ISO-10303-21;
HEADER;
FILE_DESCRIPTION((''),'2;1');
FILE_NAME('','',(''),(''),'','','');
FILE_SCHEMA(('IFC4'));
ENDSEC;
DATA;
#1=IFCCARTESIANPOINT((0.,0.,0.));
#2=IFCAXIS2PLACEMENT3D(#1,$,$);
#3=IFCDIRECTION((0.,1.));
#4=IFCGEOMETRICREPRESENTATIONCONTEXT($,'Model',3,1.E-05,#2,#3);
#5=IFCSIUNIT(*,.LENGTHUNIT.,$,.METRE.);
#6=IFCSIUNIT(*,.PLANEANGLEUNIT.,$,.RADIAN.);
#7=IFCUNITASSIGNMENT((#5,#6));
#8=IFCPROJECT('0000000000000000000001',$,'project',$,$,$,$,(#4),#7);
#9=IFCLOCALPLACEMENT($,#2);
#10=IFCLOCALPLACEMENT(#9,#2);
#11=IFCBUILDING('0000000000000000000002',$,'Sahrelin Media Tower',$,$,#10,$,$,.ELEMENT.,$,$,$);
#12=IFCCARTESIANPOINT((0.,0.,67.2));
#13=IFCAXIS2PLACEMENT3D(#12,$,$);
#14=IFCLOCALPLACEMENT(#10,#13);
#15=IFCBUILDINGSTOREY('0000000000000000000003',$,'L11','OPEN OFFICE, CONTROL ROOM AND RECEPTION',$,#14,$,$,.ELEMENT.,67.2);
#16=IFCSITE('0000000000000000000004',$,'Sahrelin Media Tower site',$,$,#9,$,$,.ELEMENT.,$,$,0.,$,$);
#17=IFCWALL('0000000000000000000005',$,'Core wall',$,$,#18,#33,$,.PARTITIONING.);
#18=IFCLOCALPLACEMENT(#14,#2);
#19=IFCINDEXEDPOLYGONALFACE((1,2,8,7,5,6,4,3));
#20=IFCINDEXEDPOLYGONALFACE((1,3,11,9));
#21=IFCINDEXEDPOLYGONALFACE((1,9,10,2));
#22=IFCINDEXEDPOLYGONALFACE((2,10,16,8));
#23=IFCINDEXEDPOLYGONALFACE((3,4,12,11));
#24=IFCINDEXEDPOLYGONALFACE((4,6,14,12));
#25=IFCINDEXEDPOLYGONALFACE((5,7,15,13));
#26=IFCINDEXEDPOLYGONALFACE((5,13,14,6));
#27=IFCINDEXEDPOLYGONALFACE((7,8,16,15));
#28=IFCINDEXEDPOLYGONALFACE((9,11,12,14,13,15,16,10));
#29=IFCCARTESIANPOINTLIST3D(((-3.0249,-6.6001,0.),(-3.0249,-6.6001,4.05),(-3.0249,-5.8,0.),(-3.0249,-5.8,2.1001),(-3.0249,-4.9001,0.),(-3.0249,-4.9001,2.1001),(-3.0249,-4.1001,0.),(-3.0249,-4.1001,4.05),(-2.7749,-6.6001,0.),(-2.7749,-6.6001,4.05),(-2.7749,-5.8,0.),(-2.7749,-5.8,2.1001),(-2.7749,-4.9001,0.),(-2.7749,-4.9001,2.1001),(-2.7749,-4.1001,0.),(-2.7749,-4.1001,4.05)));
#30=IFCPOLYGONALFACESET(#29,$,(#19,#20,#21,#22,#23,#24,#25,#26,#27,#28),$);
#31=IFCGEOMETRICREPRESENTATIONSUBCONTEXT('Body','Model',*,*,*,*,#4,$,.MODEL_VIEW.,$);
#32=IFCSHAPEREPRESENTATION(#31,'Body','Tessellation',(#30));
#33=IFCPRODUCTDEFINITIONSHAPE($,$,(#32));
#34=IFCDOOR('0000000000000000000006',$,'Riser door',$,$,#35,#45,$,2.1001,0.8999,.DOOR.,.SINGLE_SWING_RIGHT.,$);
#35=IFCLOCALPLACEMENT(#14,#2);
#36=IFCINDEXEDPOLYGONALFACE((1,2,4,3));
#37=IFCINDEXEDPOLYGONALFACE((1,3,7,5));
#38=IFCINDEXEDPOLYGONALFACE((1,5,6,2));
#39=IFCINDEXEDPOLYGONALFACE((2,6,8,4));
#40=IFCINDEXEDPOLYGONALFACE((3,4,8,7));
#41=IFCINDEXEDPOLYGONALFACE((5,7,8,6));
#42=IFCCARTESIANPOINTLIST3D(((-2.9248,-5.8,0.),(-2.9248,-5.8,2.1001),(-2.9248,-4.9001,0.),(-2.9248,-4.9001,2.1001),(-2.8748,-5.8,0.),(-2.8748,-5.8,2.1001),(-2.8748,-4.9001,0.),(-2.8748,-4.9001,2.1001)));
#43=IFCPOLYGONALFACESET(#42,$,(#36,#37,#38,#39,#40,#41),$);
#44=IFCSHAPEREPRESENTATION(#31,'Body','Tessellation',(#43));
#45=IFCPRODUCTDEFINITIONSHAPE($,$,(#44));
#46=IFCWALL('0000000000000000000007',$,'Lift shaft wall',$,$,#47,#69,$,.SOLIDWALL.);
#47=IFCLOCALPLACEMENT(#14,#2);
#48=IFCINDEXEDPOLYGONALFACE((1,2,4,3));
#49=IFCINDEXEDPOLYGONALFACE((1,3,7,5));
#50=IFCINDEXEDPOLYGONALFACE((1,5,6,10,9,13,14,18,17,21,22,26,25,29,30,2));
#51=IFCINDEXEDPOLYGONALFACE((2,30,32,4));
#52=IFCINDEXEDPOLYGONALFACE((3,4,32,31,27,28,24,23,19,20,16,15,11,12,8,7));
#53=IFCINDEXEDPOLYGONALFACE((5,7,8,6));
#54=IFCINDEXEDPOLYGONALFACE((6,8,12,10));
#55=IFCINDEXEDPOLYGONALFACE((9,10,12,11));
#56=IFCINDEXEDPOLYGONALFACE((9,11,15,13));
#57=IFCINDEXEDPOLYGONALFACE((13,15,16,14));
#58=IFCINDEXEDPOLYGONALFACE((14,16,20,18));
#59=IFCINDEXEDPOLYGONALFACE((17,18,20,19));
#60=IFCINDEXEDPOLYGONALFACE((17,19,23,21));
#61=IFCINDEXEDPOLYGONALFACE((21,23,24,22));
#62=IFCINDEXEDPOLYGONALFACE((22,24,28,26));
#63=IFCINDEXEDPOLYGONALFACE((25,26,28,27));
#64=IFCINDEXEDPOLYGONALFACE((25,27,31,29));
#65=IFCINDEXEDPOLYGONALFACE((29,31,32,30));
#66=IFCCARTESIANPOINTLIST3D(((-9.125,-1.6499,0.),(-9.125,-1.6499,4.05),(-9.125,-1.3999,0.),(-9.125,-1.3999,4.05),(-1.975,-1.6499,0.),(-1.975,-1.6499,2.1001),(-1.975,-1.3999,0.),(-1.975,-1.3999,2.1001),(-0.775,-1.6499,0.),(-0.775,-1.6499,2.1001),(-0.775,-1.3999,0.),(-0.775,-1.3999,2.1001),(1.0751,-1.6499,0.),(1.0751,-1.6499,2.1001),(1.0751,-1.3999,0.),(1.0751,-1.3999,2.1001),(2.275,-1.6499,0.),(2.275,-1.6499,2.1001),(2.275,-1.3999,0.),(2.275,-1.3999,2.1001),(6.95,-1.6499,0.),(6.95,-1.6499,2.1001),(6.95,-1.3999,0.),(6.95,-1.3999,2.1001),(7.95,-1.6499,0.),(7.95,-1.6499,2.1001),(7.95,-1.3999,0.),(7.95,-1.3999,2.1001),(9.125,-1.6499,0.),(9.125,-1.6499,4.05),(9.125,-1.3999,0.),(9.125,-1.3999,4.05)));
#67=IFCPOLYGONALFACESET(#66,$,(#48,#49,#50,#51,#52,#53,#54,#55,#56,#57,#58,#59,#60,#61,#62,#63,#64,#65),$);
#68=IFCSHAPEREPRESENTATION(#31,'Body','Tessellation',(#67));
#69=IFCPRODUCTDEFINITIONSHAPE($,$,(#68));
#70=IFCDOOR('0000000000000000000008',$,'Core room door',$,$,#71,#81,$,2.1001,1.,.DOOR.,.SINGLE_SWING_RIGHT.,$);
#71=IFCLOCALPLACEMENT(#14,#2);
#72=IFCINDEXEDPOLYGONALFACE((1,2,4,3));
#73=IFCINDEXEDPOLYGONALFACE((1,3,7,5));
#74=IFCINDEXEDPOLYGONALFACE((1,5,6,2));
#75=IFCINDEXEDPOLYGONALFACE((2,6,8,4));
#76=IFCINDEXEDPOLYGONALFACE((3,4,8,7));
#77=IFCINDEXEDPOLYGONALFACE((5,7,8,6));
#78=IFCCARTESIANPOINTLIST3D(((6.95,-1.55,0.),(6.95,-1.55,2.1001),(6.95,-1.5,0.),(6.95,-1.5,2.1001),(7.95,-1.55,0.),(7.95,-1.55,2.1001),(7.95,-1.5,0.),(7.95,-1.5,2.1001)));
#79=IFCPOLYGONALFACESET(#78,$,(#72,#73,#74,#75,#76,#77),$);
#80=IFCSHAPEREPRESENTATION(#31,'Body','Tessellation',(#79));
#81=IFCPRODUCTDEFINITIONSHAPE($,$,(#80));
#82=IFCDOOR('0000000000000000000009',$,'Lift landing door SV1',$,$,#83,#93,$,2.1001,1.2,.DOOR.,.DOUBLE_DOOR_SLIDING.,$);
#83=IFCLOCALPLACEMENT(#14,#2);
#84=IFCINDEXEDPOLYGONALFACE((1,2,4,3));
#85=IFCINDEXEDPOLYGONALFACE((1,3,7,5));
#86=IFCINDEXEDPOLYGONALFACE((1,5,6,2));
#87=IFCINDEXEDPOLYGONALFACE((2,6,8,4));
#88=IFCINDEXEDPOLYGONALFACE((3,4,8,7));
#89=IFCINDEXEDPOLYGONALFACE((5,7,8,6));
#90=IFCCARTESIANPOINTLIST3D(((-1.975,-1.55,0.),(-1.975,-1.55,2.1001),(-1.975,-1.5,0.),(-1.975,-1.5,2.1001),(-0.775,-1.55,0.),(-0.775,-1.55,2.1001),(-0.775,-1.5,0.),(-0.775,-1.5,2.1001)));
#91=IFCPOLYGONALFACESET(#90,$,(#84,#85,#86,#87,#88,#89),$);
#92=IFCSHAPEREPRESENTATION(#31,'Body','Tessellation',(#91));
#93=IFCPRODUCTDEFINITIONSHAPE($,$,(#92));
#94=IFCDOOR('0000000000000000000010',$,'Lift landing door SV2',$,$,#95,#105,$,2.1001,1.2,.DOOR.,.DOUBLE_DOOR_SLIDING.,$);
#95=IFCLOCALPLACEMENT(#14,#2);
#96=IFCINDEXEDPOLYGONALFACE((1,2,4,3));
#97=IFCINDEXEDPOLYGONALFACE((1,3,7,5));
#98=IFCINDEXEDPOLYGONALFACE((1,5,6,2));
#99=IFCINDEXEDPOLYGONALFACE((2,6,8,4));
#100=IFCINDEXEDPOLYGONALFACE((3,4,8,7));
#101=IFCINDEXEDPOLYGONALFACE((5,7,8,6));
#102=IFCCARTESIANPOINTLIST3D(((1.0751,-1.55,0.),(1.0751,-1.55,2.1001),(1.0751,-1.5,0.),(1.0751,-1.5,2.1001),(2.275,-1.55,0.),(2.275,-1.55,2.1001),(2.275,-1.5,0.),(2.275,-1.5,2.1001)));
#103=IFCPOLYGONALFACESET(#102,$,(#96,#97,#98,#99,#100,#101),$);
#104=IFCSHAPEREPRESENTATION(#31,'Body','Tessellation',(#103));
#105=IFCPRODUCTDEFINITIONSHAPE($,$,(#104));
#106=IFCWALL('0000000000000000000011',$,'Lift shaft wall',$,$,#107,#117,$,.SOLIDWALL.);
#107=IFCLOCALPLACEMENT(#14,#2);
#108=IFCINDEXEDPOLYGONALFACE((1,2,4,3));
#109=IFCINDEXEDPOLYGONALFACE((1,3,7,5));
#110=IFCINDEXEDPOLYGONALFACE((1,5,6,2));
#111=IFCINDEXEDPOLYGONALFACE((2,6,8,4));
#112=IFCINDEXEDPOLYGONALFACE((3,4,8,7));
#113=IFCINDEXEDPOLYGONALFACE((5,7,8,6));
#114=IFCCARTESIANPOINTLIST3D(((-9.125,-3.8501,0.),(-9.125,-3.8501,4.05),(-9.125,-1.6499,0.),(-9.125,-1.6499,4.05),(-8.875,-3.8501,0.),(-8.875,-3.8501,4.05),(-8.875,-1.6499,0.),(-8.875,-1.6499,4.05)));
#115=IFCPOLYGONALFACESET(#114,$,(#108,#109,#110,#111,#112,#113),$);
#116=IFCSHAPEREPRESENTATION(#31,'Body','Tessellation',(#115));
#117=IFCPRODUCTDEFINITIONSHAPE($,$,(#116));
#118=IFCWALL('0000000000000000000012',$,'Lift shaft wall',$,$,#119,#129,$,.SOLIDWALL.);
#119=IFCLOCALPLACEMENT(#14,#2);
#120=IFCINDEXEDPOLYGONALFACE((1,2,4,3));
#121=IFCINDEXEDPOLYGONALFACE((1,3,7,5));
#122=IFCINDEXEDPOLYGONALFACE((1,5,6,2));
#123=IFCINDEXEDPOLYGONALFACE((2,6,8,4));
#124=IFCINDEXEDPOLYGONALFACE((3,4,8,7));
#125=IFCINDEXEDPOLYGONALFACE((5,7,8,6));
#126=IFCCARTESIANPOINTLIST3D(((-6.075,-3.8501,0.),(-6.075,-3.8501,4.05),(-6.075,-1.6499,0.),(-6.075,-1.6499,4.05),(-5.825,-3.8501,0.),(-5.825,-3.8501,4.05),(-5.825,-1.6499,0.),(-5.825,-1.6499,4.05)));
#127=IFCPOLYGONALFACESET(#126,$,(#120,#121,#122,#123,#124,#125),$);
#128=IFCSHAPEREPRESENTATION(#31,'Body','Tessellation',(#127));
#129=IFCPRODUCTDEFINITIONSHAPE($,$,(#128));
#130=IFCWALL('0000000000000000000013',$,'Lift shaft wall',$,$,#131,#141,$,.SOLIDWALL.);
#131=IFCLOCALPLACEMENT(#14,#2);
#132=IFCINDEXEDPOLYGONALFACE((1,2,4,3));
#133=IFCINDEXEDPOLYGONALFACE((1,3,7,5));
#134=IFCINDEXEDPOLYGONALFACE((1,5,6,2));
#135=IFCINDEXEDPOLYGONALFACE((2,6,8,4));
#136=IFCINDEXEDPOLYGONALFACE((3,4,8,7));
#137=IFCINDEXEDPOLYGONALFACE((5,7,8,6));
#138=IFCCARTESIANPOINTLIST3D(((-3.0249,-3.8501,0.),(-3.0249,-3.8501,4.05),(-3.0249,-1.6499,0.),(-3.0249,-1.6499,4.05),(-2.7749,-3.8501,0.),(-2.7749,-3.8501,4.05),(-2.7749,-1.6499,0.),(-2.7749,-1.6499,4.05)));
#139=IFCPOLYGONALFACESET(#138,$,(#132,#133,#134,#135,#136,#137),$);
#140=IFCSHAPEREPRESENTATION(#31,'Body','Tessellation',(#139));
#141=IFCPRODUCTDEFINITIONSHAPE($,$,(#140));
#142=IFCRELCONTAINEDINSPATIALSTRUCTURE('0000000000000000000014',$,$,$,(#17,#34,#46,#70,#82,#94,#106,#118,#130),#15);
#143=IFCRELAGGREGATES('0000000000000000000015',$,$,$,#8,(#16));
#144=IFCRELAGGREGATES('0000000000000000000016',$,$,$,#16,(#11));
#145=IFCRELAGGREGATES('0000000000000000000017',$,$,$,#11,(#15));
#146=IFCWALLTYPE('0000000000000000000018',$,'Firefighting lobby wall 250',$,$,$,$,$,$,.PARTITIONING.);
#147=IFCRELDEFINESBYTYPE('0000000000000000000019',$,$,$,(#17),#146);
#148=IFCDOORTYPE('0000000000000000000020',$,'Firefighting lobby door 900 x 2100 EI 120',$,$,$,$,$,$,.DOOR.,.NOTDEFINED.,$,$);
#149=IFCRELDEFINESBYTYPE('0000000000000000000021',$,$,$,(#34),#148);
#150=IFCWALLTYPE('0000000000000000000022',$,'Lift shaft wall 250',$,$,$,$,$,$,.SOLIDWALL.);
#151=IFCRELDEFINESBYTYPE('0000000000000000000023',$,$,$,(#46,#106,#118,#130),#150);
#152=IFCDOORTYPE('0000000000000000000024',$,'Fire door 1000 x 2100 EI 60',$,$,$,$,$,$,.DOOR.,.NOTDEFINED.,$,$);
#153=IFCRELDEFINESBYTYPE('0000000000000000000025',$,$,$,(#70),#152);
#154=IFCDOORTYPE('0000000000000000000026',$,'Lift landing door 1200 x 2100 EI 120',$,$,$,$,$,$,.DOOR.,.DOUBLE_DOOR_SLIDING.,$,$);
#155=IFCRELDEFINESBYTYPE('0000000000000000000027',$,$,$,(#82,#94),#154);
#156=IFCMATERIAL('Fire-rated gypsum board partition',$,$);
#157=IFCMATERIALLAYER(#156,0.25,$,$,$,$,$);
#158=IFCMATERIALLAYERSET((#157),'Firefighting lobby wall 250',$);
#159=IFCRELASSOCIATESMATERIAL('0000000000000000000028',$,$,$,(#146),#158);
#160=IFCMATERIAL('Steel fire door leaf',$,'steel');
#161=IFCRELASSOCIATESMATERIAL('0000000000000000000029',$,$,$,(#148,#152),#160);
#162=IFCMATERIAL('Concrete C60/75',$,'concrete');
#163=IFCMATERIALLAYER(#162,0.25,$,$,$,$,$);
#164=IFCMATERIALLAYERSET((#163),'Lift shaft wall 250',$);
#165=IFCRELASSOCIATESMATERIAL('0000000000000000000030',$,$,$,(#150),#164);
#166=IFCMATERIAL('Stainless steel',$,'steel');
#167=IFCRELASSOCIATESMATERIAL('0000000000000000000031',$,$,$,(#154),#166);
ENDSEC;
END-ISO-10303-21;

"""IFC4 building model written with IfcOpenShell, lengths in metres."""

from ifc_helpers import new_model, si_unit, direction, frame, frame_2d, origin, place, context, subcontext, project, spatial, rectangle, extrude, material, layer, layer_set, type_object, element, fill, save


model = new_model("IFC4")

# Units and contexts
model_context = context("Model", 3, precision=1e-05, world=origin(), true_north=direction((0.0, 1.0)))
body_context = subcontext(model_context, "Body", "Model", "MODEL_VIEW")
ifc_project = project(units=[si_unit("LENGTHUNIT", "METRE"), si_unit("PLANEANGLEUNIT", "RADIAN")], contexts=[model_context])

# Site, building, storey
site_placement = place(None, origin())
site = spatial("IfcSite", under=ifc_project, at=site_placement, Name="Sahrelin Media Tower site", CompositionType="ELEMENT", RefElevation=0.0)
building_placement = place(site_placement, origin())
building = spatial("IfcBuilding", under=site, at=building_placement, Name="Sahrelin Media Tower", CompositionType="ELEMENT")
storey_placement = place(building_placement, frame((0.0, 0.0, 67.2)))
storey = spatial("IfcBuildingStorey", under=building, at=storey_placement, Name="L11", Description="OPEN OFFICE, CONTROL ROOM AND RECEPTION", CompositionType="ELEMENT", Elevation=67.2)

# Wall, opening, door
ifc_material_1 = material(Name="Fire-rated gypsum board partition")
ifc_layer_1 = layer(ifc_material_1, 0.25)
ifc_layer_set_1 = layer_set([ifc_layer_1], Name="Firefighting lobby wall 250")
wall_type_1 = type_object("IfcWallType", Name="Firefighting lobby wall 250", PredefinedType="PARTITIONING", material=ifc_layer_set_1)
ifc_material_2 = material(Name="Steel fire door leaf", Category="steel")
wall_1_placement = place(storey_placement, frame((-2.8999, -6.6001, 0.0), z_axis=(0.0, 0.0, 1.0), x_axis=(0.0, 1.0, 0.0)))
wall_1 = element("IfcWall", 1, at=wall_1_placement, inside=storey, type_object=wall_type_1, Name="Core wall", PredefinedType="PARTITIONING", context=body_context, shape_type="SweptSolid", body=[
    extrude(rectangle(XDim=2.5, YDim=0.25, at=frame_2d((1.25, 0.0))), origin(), (0.0, 0.0, 1.0), 4.05),
])
opening_1_placement = place(wall_1_placement, frame((0.8, 0.0, 0.0)))
opening_1 = element("IfcOpeningElement", 2, at=opening_1_placement, cuts=wall_1, PredefinedType="OPENING", context=body_context, shape_type="SweptSolid", body=[
    extrude(rectangle(XDim=0.8999, YDim=2.1001, at=frame_2d((0.45, 1.05))), frame((0.0, 0.125, 0.0), z_axis=(0.0, -1.0, 0.0), x_axis=(1.0, 0.0, 0.0)), (0.0, 0.0, 1.0), 0.25),
])
door_type_1 = type_object("IfcDoorType", Name="Firefighting lobby door 900 x 2100 EI 120", OperationType="NOTDEFINED", PredefinedType="DOOR", material=ifc_material_2)
door_1_placement = place(opening_1_placement, origin())
door_1 = element("IfcDoor", 3, at=door_1_placement, inside=storey, type_object=door_type_1, Name="Riser door", OperationType="SINGLE_SWING_RIGHT", OverallHeight=2.1001, OverallWidth=0.8999, PredefinedType="DOOR", context=body_context, shape_type="SweptSolid", body=[
    extrude(rectangle(XDim=0.8999, YDim=2.1001, at=frame_2d((0.45, 1.05))), frame((0.0, 0.0249, 0.0), z_axis=(0.0, -1.0, 0.0), x_axis=(1.0, 0.0, 0.0)), (0.0, 0.0, 1.0), 0.05),
])
fill(opening_1, door_1)

# Wall, openings, doors
ifc_material_3 = material(Name="Concrete C60/75", Category="concrete")
ifc_layer_2 = layer(ifc_material_3, 0.25)
ifc_layer_set_2 = layer_set([ifc_layer_2], Name="Lift shaft wall 250")
wall_type_2 = type_object("IfcWallType", Name="Lift shaft wall 250", PredefinedType="SOLIDWALL", material=ifc_layer_set_2)
wall_2_placement = place(storey_placement, frame((-9.125, -1.5249, 0.0), z_axis=(0.0, 0.0, 1.0), x_axis=(1.0, 0.0, 0.0)))
wall_2 = element("IfcWall", 4, at=wall_2_placement, inside=storey, type_object=wall_type_2, Name="Lift shaft wall", PredefinedType="SOLIDWALL", context=body_context, shape_type="SweptSolid", body=[
    extrude(rectangle(XDim=18.25, YDim=0.25, at=frame_2d((9.125, 0.0))), origin(), (0.0, 0.0, 1.0), 4.05),
])
opening_2_placement = place(wall_2_placement, frame((7.1499, 0.0, 0.0)))
opening_2 = element("IfcOpeningElement", 5, at=opening_2_placement, cuts=wall_2, PredefinedType="OPENING", context=body_context, shape_type="SweptSolid", body=[
    extrude(rectangle(XDim=1.2, YDim=2.1001, at=frame_2d((0.6001, 1.05))), frame((0.0, 0.125, 0.0), z_axis=(0.0, -1.0, 0.0), x_axis=(1.0, 0.0, 0.0)), (0.0, 0.0, 1.0), 0.25),
])
opening_3_placement = place(wall_2_placement, frame((10.2, 0.0, 0.0)))
opening_3 = element("IfcOpeningElement", 6, at=opening_3_placement, cuts=wall_2, PredefinedType="OPENING", context=body_context, shape_type="SweptSolid", body=[
    extrude(rectangle(XDim=1.2, YDim=2.1001, at=frame_2d((0.6001, 1.05))), frame((0.0, 0.125, 0.0), z_axis=(0.0, -1.0, 0.0), x_axis=(1.0, 0.0, 0.0)), (0.0, 0.0, 1.0), 0.25),
])
opening_4_placement = place(wall_2_placement, frame((16.075, 0.0, 0.0)))
opening_4 = element("IfcOpeningElement", 7, at=opening_4_placement, cuts=wall_2, PredefinedType="OPENING", context=body_context, shape_type="SweptSolid", body=[
    extrude(rectangle(XDim=1.0, YDim=2.1001, at=frame_2d((0.5, 1.05))), frame((0.0, 0.125, 0.0), z_axis=(0.0, -1.0, 0.0), x_axis=(1.0, 0.0, 0.0)), (0.0, 0.0, 1.0), 0.25),
])
door_type_2 = type_object("IfcDoorType", Name="Fire door 1000 x 2100 EI 60", OperationType="NOTDEFINED", PredefinedType="DOOR", material=ifc_material_2)
door_2_placement = place(opening_4_placement, origin())
door_2 = element("IfcDoor", 8, at=door_2_placement, inside=storey, type_object=door_type_2, Name="Core room door", OperationType="SINGLE_SWING_RIGHT", OverallHeight=2.1001, OverallWidth=1.0, PredefinedType="DOOR", context=body_context, shape_type="SweptSolid", body=[
    extrude(rectangle(XDim=1.0, YDim=2.1001, at=frame_2d((0.5, 1.05))), frame((0.0, 0.0249, 0.0), z_axis=(0.0, -1.0, 0.0), x_axis=(1.0, 0.0, 0.0)), (0.0, 0.0, 1.0), 0.05),
])
fill(opening_4, door_2)
ifc_material_4 = material(Name="Stainless steel", Category="steel")
door_type_3 = type_object("IfcDoorType", Name="Lift landing door 1200 x 2100 EI 120", OperationType="DOUBLE_DOOR_SLIDING", PredefinedType="DOOR", material=ifc_material_4)
door_3_placement = place(opening_2_placement, origin())
door_3 = element("IfcDoor", 9, at=door_3_placement, inside=storey, type_object=door_type_3, Name="Lift landing door SV1", OperationType="DOUBLE_DOOR_SLIDING", OverallHeight=2.1001, OverallWidth=1.2, PredefinedType="DOOR", context=body_context, shape_type="SweptSolid", body=[
    extrude(rectangle(XDim=1.2, YDim=2.1001, at=frame_2d((0.6001, 1.05))), frame((0.0, 0.0249, 0.0), z_axis=(0.0, -1.0, 0.0), x_axis=(1.0, 0.0, 0.0)), (0.0, 0.0, 1.0), 0.05),
])
fill(opening_2, door_3)
door_4_placement = place(opening_3_placement, origin())
door_4 = element("IfcDoor", 10, at=door_4_placement, inside=storey, type_object=door_type_3, Name="Lift landing door SV2", OperationType="DOUBLE_DOOR_SLIDING", OverallHeight=2.1001, OverallWidth=1.2, PredefinedType="DOOR", context=body_context, shape_type="SweptSolid", body=[
    extrude(rectangle(XDim=1.2, YDim=2.1001, at=frame_2d((0.6001, 1.05))), frame((0.0, 0.0249, 0.0), z_axis=(0.0, -1.0, 0.0), x_axis=(1.0, 0.0, 0.0)), (0.0, 0.0, 1.0), 0.05),
])
fill(opening_3, door_4)

# Walls
for number, where, z_axis, x_axis, name in (
    (11, (-9.0, -3.8501, 0.0), (0.0, 0.0, 1.0), (0.0, 1.0, 0.0), "Lift shaft wall"),
    (12, (-5.95, -3.8501, 0.0), (0.0, 0.0, 1.0), (0.0, 1.0, 0.0), "Lift shaft wall"),
    (13, (-2.8999, -3.8501, 0.0), (0.0, 0.0, 1.0), (0.0, 1.0, 0.0), "Lift shaft wall"),
):
    element("IfcWall", number, at=place(storey_placement, frame(where, z_axis=z_axis, x_axis=x_axis)), inside=storey, type_object=wall_type_2, Name=name, PredefinedType="SOLIDWALL", context=body_context, shape_type="SweptSolid", body=[
        extrude(rectangle(XDim=2.2002, YDim=0.25, at=frame_2d((1.1001, 0.0))), origin(), (0.0, 0.0, 1.0), 4.05),
    ])

save(model, "model.ifc")
